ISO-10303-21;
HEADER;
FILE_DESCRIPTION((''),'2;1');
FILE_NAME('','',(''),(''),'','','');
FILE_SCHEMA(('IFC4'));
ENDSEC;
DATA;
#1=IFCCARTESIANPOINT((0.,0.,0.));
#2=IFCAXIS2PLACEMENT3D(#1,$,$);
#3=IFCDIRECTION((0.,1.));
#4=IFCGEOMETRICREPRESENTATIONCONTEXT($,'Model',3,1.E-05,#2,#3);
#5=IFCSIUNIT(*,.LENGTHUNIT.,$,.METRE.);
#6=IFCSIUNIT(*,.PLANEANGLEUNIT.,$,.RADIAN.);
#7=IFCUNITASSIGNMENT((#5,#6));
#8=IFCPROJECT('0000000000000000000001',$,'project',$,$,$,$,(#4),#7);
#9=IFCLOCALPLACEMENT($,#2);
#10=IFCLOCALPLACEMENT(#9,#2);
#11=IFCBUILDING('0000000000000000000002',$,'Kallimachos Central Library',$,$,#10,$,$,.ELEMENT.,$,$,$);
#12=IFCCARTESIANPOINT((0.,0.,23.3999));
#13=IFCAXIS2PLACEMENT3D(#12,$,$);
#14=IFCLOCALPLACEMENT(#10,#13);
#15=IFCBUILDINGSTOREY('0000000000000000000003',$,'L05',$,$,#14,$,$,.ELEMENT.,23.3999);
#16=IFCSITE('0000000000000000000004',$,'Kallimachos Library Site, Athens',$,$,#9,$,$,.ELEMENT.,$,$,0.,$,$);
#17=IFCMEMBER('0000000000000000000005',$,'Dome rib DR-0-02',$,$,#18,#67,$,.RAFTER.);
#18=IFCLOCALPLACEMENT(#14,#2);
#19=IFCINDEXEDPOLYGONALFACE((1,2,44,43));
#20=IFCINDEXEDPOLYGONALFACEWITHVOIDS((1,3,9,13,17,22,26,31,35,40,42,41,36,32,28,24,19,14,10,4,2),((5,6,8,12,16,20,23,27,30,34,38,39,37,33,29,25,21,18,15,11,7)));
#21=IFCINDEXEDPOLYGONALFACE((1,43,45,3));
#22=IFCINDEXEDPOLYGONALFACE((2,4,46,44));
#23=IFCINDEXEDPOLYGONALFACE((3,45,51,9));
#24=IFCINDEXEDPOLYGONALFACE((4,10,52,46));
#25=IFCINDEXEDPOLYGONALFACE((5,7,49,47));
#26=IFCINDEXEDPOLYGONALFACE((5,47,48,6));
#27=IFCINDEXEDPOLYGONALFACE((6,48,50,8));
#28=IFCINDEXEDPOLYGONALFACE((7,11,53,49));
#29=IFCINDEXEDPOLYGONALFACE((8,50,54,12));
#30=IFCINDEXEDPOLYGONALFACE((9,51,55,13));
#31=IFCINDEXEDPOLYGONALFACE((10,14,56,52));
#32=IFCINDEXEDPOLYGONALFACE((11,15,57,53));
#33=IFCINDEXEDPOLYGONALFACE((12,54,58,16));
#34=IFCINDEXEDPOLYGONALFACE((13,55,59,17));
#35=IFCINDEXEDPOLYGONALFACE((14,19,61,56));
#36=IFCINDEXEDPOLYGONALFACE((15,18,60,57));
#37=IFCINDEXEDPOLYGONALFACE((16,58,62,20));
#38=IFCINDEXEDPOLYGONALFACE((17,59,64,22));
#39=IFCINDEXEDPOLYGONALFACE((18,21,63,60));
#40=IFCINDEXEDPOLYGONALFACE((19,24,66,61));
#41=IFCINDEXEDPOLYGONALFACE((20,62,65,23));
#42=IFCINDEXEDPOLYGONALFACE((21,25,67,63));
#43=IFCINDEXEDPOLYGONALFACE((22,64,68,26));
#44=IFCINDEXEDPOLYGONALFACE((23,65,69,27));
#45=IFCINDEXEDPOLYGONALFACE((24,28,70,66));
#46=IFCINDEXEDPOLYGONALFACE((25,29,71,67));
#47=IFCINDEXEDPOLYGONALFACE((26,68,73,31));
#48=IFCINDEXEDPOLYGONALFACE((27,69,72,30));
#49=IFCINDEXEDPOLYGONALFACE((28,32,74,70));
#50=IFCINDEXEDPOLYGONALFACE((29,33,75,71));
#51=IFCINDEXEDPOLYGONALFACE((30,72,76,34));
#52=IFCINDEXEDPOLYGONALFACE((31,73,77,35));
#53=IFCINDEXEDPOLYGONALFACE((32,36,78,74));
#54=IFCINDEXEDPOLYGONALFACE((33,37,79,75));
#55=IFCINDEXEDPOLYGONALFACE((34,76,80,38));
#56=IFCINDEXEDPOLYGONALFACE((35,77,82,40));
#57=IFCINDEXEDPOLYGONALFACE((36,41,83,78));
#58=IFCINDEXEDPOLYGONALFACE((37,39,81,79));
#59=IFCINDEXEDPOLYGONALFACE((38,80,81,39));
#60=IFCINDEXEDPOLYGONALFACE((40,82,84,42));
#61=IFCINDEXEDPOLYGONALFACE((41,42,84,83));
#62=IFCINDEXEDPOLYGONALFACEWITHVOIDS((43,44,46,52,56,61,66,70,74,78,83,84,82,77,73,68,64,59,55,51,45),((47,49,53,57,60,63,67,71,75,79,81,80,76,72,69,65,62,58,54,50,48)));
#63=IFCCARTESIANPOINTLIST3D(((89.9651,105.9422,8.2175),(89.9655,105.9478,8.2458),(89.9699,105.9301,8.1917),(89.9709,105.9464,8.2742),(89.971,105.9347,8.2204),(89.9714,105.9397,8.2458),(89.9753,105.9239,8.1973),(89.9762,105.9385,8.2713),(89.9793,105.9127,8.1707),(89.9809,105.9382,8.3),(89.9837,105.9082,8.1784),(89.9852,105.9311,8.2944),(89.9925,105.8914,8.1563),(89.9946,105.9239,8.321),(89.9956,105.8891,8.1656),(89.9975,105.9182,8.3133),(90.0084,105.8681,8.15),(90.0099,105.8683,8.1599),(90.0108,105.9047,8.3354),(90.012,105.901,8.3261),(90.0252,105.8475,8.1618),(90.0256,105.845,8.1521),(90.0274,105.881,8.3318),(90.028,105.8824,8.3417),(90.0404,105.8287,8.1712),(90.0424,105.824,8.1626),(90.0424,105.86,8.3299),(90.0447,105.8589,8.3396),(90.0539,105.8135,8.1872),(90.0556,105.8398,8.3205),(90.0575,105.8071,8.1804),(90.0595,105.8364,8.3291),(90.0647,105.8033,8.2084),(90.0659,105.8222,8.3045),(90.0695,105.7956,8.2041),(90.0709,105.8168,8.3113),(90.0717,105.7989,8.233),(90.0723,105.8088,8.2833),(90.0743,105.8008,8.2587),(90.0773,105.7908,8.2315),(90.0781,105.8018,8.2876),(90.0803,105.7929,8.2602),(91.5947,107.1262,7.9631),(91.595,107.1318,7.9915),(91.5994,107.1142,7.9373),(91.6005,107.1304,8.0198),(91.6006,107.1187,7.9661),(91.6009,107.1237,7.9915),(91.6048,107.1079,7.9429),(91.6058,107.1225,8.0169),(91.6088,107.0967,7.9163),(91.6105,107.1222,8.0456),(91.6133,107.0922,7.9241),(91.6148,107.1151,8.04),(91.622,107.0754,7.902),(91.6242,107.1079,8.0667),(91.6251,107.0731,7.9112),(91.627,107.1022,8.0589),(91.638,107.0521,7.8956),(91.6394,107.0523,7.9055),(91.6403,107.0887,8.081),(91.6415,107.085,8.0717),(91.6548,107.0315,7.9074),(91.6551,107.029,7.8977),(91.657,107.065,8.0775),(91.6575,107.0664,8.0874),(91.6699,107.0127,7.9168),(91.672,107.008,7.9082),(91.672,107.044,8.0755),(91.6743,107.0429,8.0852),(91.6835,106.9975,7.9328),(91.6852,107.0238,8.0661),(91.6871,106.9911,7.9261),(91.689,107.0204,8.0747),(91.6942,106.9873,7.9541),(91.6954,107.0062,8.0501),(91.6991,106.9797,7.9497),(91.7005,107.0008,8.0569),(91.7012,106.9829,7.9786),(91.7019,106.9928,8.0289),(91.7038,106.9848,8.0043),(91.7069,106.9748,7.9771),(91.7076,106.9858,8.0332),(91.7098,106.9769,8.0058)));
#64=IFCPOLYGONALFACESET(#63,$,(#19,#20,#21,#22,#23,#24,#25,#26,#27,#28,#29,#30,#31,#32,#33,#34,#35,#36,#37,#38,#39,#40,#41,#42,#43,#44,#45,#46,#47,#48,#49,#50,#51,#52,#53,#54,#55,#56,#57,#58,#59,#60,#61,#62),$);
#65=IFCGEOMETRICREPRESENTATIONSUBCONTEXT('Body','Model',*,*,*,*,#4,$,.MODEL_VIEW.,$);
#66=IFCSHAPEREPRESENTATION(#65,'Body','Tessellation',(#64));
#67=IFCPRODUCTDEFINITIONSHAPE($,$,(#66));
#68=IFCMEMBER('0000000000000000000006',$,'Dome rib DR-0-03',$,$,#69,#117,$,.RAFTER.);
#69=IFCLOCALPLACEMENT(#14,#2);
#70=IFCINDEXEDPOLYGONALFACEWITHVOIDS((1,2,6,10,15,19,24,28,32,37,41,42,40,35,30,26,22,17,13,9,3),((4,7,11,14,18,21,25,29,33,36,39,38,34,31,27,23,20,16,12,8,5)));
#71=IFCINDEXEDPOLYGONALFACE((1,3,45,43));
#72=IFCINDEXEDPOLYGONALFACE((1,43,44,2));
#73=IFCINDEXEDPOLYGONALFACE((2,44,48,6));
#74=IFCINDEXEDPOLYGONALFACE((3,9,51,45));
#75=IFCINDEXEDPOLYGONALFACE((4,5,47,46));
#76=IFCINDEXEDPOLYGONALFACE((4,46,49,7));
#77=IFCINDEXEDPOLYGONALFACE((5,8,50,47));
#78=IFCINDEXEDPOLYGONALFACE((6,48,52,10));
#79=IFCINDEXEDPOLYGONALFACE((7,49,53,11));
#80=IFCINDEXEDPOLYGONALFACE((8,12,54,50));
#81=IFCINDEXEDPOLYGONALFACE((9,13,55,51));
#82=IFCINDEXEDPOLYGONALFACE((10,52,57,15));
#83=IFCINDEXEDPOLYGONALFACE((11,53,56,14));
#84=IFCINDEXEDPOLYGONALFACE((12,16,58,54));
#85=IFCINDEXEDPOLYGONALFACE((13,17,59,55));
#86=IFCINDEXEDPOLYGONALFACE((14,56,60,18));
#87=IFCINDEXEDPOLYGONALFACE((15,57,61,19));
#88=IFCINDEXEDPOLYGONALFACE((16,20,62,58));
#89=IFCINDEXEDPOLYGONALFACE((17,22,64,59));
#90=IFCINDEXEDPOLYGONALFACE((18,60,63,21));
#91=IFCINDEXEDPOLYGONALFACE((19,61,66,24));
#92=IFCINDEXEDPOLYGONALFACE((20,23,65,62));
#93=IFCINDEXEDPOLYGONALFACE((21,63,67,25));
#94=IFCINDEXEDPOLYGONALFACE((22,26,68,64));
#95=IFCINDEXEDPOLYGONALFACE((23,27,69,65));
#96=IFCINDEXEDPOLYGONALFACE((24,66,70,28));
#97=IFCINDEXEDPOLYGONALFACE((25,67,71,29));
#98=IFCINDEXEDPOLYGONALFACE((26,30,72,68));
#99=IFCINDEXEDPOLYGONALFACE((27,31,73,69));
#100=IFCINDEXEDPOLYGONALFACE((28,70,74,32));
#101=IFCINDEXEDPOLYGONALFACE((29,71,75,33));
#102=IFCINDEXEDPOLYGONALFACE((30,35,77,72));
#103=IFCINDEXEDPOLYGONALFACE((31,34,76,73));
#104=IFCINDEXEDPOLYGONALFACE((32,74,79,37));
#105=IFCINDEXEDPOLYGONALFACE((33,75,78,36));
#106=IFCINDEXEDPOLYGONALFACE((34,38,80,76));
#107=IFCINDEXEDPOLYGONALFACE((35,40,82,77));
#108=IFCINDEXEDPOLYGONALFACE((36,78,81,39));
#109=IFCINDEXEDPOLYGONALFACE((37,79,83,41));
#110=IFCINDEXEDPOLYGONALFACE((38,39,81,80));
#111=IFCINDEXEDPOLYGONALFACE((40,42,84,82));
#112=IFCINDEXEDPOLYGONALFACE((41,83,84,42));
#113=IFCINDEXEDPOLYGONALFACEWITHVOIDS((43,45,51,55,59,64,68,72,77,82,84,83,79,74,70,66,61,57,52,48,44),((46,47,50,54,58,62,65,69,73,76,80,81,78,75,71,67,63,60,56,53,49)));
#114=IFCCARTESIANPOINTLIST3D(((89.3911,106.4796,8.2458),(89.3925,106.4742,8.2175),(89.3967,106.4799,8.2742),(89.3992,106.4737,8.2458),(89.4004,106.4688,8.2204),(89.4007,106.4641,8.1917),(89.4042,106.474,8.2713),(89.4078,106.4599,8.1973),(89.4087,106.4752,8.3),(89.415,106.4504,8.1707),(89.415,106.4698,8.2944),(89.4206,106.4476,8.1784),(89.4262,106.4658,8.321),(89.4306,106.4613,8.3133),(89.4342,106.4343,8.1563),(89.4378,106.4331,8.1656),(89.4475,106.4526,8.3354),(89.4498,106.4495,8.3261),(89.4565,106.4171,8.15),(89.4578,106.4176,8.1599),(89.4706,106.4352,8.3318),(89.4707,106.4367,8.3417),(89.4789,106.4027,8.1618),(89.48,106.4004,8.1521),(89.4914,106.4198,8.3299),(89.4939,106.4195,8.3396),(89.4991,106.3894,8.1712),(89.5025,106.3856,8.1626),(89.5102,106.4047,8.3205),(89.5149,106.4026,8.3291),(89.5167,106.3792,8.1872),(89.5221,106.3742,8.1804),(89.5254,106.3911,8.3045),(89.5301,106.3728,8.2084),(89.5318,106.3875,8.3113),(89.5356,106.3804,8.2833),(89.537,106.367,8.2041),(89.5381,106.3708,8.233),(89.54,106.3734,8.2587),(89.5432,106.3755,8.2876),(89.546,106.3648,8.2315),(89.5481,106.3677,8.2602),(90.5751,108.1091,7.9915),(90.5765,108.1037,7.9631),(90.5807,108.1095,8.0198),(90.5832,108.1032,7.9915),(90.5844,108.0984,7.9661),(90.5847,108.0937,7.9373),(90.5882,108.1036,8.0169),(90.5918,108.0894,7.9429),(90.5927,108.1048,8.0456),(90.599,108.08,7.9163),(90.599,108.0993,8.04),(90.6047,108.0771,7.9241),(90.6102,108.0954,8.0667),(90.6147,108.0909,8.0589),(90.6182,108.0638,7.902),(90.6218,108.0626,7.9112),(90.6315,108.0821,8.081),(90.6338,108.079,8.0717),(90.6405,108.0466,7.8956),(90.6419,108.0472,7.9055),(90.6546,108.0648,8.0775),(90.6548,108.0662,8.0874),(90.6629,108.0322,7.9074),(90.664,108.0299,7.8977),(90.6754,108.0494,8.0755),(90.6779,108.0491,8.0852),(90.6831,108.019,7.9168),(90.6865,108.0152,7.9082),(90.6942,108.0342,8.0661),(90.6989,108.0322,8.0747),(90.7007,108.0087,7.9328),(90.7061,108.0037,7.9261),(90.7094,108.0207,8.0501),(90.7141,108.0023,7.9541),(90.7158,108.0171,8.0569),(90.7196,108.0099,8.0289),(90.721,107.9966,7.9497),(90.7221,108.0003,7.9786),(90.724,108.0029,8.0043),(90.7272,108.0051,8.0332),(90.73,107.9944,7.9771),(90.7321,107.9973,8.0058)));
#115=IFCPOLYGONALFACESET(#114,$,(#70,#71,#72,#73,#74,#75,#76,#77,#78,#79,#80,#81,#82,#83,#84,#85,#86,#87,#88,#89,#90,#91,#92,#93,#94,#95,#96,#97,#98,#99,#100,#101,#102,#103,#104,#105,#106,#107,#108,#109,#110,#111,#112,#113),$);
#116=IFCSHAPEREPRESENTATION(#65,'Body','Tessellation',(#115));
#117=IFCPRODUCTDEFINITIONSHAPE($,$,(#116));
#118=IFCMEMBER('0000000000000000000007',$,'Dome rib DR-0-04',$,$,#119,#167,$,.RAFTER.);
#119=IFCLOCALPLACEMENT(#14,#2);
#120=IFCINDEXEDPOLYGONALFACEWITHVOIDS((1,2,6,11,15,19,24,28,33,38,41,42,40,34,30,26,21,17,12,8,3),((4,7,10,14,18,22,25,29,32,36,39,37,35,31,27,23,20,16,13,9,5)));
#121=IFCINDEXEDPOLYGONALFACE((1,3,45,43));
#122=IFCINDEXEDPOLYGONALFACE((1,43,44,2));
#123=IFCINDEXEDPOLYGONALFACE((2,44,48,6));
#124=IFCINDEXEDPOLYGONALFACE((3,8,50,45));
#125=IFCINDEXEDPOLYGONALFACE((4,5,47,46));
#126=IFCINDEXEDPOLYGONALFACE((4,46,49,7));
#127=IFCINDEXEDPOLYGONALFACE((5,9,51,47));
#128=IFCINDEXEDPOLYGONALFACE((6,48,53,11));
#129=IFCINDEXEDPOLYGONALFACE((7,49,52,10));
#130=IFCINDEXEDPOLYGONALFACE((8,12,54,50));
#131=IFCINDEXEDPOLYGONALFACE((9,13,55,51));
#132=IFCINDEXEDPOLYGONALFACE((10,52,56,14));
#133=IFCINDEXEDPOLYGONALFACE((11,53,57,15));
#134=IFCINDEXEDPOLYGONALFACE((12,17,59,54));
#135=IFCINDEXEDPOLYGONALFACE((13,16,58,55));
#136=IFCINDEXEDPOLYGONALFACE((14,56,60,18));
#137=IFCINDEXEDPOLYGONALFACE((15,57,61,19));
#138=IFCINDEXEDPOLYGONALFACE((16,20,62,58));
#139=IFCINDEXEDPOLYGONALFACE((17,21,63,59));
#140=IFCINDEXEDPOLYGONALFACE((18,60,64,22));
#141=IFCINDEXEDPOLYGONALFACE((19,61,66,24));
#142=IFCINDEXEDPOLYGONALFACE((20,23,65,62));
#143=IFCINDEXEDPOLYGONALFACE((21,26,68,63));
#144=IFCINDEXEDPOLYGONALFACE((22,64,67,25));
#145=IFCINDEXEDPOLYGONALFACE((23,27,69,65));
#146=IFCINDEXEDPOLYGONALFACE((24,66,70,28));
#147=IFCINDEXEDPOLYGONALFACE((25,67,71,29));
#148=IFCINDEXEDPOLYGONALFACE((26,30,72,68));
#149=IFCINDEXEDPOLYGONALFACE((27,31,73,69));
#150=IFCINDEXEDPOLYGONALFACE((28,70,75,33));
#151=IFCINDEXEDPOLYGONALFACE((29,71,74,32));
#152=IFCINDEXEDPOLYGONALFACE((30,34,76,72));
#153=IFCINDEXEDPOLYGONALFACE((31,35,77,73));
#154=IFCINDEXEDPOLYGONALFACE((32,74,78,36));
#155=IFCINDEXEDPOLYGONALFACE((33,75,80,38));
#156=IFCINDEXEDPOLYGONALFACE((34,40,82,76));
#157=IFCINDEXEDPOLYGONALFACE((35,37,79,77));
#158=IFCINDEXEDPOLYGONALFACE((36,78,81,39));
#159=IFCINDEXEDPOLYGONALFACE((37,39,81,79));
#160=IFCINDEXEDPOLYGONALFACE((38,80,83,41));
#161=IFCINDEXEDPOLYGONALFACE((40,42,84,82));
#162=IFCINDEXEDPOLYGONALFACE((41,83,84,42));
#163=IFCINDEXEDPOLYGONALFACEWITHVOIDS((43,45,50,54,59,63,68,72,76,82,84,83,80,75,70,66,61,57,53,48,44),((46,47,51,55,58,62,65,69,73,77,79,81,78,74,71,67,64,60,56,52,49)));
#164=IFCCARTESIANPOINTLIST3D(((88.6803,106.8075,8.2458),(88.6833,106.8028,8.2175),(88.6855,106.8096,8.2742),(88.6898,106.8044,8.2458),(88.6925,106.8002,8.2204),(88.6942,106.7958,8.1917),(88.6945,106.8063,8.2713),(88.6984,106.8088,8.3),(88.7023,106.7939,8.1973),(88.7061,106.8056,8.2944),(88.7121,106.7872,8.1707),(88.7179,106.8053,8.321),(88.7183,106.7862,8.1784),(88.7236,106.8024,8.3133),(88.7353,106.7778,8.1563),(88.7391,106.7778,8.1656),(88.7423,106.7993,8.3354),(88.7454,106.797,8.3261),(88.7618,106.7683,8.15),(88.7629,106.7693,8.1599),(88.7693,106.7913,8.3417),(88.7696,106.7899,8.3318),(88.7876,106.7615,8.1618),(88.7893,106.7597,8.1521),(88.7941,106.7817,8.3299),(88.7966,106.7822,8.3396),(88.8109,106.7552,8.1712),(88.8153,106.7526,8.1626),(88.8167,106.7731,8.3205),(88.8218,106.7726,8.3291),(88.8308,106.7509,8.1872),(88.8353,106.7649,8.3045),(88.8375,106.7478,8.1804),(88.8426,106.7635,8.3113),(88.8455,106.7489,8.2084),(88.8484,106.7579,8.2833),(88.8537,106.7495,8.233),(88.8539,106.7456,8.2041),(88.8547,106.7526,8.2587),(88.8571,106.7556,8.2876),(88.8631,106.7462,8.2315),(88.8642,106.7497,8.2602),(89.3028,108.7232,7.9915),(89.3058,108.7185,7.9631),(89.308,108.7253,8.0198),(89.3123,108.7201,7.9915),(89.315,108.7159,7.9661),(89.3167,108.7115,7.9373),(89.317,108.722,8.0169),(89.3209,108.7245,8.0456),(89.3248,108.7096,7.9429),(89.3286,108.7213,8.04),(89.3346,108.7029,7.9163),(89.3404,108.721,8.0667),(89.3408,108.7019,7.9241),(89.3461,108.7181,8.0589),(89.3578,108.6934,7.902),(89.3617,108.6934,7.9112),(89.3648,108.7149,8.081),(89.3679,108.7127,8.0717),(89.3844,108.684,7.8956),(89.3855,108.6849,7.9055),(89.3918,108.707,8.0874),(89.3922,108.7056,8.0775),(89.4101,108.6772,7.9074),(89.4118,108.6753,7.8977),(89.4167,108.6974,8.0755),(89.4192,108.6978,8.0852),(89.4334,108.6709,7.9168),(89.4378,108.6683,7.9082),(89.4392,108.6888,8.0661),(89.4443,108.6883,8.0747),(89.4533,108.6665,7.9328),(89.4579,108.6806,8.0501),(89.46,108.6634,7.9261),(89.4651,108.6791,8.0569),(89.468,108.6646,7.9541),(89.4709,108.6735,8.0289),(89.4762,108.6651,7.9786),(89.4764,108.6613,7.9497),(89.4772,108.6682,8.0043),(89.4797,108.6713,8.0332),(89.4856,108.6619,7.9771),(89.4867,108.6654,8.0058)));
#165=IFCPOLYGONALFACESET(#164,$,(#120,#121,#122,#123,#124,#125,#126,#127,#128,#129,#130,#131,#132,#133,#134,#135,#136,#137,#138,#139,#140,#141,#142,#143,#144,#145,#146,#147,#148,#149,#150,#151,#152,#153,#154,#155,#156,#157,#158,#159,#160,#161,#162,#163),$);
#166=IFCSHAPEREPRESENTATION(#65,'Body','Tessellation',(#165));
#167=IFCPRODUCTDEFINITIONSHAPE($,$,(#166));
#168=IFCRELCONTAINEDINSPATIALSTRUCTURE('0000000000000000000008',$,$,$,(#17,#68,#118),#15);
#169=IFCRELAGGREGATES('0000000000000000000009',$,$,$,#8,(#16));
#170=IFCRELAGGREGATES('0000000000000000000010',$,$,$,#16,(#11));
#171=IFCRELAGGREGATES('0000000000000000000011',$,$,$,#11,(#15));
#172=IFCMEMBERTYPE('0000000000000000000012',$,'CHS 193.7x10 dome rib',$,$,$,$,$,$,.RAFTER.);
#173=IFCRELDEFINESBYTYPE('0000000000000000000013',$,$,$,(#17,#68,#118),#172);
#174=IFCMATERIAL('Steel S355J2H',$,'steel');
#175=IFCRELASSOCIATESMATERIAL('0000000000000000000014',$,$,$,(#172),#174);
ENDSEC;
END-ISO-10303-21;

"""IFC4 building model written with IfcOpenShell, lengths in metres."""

from ifc_helpers import new_model, si_unit, direction, frame, origin, origin_2d, place, context, subcontext, project, spatial, hollow_circle, extrude, material, material_profile, profile_set, type_object, element, save


model = new_model("IFC4")

# Units and contexts
model_context = context("Model", 3, precision=1e-05, world=origin(), true_north=direction((0.0, 1.0)))
body_context = subcontext(model_context, "Body", "Model", "MODEL_VIEW")
ifc_project = project(units=[si_unit("LENGTHUNIT", "METRE"), si_unit("PLANEANGLEUNIT", "RADIAN")], contexts=[model_context])

# Site, building, storey
site_placement = place(None, origin())
site = spatial("IfcSite", under=ifc_project, at=site_placement, Name="Kallimachos Library Site, Athens", CompositionType="ELEMENT", RefElevation=0.0)
building_placement = place(site_placement, origin())
building = spatial("IfcBuilding", under=site, at=building_placement, Name="Kallimachos Central Library", CompositionType="ELEMENT")
storey_placement = place(building_placement, frame((0.0, 0.0, 23.3999)))
storey = spatial("IfcBuildingStorey", under=building, at=storey_placement, Name="L05", CompositionType="ELEMENT", Elevation=23.3999)

# Members
ifc_material_1 = material(Name="Steel S355J2H", Category="steel")
ifc_material_profile_1 = material_profile(ifc_material_1, hollow_circle(Radius=0.0969, WallThickness=0.01, at=origin_2d()), Name="CHS 193.7x10")
ifc_profile_set_1 = profile_set([ifc_material_profile_1], Name="Steel S355J2H")
member_type_1 = type_object("IfcMemberType", Name="CHS 193.7x10 dome rib", PredefinedType="RAFTER", material=ifc_profile_set_1)
for number, where, z_axis, x_axis, name in (
    (1, (90.0225, 105.8694, 8.2458), (0.802623, 0.583179, -0.125293), (-0.587811, 0.808998, 0.0), "Dome rib DR-0-02"),
    (2, (89.4695, 106.4226, 8.2458), (0.583179, 0.802623, -0.125293), (-0.808998, 0.587811, 0.0), "Dome rib DR-0-03"),
    (3, (88.7725, 106.7776, 8.2458), (0.30662, 0.943549, -0.125294), (-0.951044, 0.309056, 0.0), "Dome rib DR-0-04"),
):
    element("IfcMember", number, at=place(storey_placement, frame(where, z_axis=z_axis, x_axis=x_axis)), inside=storey, type_object=member_type_1, Name=name, PredefinedType="RAFTER", context=body_context, shape_type="SweptSolid", body=[
        extrude(hollow_circle(Radius=0.0969, WallThickness=0.01, at=origin_2d()), origin(), (0.0, 0.0, 1.0), 2.0303),
    ])

save(model, "model.ifc")
